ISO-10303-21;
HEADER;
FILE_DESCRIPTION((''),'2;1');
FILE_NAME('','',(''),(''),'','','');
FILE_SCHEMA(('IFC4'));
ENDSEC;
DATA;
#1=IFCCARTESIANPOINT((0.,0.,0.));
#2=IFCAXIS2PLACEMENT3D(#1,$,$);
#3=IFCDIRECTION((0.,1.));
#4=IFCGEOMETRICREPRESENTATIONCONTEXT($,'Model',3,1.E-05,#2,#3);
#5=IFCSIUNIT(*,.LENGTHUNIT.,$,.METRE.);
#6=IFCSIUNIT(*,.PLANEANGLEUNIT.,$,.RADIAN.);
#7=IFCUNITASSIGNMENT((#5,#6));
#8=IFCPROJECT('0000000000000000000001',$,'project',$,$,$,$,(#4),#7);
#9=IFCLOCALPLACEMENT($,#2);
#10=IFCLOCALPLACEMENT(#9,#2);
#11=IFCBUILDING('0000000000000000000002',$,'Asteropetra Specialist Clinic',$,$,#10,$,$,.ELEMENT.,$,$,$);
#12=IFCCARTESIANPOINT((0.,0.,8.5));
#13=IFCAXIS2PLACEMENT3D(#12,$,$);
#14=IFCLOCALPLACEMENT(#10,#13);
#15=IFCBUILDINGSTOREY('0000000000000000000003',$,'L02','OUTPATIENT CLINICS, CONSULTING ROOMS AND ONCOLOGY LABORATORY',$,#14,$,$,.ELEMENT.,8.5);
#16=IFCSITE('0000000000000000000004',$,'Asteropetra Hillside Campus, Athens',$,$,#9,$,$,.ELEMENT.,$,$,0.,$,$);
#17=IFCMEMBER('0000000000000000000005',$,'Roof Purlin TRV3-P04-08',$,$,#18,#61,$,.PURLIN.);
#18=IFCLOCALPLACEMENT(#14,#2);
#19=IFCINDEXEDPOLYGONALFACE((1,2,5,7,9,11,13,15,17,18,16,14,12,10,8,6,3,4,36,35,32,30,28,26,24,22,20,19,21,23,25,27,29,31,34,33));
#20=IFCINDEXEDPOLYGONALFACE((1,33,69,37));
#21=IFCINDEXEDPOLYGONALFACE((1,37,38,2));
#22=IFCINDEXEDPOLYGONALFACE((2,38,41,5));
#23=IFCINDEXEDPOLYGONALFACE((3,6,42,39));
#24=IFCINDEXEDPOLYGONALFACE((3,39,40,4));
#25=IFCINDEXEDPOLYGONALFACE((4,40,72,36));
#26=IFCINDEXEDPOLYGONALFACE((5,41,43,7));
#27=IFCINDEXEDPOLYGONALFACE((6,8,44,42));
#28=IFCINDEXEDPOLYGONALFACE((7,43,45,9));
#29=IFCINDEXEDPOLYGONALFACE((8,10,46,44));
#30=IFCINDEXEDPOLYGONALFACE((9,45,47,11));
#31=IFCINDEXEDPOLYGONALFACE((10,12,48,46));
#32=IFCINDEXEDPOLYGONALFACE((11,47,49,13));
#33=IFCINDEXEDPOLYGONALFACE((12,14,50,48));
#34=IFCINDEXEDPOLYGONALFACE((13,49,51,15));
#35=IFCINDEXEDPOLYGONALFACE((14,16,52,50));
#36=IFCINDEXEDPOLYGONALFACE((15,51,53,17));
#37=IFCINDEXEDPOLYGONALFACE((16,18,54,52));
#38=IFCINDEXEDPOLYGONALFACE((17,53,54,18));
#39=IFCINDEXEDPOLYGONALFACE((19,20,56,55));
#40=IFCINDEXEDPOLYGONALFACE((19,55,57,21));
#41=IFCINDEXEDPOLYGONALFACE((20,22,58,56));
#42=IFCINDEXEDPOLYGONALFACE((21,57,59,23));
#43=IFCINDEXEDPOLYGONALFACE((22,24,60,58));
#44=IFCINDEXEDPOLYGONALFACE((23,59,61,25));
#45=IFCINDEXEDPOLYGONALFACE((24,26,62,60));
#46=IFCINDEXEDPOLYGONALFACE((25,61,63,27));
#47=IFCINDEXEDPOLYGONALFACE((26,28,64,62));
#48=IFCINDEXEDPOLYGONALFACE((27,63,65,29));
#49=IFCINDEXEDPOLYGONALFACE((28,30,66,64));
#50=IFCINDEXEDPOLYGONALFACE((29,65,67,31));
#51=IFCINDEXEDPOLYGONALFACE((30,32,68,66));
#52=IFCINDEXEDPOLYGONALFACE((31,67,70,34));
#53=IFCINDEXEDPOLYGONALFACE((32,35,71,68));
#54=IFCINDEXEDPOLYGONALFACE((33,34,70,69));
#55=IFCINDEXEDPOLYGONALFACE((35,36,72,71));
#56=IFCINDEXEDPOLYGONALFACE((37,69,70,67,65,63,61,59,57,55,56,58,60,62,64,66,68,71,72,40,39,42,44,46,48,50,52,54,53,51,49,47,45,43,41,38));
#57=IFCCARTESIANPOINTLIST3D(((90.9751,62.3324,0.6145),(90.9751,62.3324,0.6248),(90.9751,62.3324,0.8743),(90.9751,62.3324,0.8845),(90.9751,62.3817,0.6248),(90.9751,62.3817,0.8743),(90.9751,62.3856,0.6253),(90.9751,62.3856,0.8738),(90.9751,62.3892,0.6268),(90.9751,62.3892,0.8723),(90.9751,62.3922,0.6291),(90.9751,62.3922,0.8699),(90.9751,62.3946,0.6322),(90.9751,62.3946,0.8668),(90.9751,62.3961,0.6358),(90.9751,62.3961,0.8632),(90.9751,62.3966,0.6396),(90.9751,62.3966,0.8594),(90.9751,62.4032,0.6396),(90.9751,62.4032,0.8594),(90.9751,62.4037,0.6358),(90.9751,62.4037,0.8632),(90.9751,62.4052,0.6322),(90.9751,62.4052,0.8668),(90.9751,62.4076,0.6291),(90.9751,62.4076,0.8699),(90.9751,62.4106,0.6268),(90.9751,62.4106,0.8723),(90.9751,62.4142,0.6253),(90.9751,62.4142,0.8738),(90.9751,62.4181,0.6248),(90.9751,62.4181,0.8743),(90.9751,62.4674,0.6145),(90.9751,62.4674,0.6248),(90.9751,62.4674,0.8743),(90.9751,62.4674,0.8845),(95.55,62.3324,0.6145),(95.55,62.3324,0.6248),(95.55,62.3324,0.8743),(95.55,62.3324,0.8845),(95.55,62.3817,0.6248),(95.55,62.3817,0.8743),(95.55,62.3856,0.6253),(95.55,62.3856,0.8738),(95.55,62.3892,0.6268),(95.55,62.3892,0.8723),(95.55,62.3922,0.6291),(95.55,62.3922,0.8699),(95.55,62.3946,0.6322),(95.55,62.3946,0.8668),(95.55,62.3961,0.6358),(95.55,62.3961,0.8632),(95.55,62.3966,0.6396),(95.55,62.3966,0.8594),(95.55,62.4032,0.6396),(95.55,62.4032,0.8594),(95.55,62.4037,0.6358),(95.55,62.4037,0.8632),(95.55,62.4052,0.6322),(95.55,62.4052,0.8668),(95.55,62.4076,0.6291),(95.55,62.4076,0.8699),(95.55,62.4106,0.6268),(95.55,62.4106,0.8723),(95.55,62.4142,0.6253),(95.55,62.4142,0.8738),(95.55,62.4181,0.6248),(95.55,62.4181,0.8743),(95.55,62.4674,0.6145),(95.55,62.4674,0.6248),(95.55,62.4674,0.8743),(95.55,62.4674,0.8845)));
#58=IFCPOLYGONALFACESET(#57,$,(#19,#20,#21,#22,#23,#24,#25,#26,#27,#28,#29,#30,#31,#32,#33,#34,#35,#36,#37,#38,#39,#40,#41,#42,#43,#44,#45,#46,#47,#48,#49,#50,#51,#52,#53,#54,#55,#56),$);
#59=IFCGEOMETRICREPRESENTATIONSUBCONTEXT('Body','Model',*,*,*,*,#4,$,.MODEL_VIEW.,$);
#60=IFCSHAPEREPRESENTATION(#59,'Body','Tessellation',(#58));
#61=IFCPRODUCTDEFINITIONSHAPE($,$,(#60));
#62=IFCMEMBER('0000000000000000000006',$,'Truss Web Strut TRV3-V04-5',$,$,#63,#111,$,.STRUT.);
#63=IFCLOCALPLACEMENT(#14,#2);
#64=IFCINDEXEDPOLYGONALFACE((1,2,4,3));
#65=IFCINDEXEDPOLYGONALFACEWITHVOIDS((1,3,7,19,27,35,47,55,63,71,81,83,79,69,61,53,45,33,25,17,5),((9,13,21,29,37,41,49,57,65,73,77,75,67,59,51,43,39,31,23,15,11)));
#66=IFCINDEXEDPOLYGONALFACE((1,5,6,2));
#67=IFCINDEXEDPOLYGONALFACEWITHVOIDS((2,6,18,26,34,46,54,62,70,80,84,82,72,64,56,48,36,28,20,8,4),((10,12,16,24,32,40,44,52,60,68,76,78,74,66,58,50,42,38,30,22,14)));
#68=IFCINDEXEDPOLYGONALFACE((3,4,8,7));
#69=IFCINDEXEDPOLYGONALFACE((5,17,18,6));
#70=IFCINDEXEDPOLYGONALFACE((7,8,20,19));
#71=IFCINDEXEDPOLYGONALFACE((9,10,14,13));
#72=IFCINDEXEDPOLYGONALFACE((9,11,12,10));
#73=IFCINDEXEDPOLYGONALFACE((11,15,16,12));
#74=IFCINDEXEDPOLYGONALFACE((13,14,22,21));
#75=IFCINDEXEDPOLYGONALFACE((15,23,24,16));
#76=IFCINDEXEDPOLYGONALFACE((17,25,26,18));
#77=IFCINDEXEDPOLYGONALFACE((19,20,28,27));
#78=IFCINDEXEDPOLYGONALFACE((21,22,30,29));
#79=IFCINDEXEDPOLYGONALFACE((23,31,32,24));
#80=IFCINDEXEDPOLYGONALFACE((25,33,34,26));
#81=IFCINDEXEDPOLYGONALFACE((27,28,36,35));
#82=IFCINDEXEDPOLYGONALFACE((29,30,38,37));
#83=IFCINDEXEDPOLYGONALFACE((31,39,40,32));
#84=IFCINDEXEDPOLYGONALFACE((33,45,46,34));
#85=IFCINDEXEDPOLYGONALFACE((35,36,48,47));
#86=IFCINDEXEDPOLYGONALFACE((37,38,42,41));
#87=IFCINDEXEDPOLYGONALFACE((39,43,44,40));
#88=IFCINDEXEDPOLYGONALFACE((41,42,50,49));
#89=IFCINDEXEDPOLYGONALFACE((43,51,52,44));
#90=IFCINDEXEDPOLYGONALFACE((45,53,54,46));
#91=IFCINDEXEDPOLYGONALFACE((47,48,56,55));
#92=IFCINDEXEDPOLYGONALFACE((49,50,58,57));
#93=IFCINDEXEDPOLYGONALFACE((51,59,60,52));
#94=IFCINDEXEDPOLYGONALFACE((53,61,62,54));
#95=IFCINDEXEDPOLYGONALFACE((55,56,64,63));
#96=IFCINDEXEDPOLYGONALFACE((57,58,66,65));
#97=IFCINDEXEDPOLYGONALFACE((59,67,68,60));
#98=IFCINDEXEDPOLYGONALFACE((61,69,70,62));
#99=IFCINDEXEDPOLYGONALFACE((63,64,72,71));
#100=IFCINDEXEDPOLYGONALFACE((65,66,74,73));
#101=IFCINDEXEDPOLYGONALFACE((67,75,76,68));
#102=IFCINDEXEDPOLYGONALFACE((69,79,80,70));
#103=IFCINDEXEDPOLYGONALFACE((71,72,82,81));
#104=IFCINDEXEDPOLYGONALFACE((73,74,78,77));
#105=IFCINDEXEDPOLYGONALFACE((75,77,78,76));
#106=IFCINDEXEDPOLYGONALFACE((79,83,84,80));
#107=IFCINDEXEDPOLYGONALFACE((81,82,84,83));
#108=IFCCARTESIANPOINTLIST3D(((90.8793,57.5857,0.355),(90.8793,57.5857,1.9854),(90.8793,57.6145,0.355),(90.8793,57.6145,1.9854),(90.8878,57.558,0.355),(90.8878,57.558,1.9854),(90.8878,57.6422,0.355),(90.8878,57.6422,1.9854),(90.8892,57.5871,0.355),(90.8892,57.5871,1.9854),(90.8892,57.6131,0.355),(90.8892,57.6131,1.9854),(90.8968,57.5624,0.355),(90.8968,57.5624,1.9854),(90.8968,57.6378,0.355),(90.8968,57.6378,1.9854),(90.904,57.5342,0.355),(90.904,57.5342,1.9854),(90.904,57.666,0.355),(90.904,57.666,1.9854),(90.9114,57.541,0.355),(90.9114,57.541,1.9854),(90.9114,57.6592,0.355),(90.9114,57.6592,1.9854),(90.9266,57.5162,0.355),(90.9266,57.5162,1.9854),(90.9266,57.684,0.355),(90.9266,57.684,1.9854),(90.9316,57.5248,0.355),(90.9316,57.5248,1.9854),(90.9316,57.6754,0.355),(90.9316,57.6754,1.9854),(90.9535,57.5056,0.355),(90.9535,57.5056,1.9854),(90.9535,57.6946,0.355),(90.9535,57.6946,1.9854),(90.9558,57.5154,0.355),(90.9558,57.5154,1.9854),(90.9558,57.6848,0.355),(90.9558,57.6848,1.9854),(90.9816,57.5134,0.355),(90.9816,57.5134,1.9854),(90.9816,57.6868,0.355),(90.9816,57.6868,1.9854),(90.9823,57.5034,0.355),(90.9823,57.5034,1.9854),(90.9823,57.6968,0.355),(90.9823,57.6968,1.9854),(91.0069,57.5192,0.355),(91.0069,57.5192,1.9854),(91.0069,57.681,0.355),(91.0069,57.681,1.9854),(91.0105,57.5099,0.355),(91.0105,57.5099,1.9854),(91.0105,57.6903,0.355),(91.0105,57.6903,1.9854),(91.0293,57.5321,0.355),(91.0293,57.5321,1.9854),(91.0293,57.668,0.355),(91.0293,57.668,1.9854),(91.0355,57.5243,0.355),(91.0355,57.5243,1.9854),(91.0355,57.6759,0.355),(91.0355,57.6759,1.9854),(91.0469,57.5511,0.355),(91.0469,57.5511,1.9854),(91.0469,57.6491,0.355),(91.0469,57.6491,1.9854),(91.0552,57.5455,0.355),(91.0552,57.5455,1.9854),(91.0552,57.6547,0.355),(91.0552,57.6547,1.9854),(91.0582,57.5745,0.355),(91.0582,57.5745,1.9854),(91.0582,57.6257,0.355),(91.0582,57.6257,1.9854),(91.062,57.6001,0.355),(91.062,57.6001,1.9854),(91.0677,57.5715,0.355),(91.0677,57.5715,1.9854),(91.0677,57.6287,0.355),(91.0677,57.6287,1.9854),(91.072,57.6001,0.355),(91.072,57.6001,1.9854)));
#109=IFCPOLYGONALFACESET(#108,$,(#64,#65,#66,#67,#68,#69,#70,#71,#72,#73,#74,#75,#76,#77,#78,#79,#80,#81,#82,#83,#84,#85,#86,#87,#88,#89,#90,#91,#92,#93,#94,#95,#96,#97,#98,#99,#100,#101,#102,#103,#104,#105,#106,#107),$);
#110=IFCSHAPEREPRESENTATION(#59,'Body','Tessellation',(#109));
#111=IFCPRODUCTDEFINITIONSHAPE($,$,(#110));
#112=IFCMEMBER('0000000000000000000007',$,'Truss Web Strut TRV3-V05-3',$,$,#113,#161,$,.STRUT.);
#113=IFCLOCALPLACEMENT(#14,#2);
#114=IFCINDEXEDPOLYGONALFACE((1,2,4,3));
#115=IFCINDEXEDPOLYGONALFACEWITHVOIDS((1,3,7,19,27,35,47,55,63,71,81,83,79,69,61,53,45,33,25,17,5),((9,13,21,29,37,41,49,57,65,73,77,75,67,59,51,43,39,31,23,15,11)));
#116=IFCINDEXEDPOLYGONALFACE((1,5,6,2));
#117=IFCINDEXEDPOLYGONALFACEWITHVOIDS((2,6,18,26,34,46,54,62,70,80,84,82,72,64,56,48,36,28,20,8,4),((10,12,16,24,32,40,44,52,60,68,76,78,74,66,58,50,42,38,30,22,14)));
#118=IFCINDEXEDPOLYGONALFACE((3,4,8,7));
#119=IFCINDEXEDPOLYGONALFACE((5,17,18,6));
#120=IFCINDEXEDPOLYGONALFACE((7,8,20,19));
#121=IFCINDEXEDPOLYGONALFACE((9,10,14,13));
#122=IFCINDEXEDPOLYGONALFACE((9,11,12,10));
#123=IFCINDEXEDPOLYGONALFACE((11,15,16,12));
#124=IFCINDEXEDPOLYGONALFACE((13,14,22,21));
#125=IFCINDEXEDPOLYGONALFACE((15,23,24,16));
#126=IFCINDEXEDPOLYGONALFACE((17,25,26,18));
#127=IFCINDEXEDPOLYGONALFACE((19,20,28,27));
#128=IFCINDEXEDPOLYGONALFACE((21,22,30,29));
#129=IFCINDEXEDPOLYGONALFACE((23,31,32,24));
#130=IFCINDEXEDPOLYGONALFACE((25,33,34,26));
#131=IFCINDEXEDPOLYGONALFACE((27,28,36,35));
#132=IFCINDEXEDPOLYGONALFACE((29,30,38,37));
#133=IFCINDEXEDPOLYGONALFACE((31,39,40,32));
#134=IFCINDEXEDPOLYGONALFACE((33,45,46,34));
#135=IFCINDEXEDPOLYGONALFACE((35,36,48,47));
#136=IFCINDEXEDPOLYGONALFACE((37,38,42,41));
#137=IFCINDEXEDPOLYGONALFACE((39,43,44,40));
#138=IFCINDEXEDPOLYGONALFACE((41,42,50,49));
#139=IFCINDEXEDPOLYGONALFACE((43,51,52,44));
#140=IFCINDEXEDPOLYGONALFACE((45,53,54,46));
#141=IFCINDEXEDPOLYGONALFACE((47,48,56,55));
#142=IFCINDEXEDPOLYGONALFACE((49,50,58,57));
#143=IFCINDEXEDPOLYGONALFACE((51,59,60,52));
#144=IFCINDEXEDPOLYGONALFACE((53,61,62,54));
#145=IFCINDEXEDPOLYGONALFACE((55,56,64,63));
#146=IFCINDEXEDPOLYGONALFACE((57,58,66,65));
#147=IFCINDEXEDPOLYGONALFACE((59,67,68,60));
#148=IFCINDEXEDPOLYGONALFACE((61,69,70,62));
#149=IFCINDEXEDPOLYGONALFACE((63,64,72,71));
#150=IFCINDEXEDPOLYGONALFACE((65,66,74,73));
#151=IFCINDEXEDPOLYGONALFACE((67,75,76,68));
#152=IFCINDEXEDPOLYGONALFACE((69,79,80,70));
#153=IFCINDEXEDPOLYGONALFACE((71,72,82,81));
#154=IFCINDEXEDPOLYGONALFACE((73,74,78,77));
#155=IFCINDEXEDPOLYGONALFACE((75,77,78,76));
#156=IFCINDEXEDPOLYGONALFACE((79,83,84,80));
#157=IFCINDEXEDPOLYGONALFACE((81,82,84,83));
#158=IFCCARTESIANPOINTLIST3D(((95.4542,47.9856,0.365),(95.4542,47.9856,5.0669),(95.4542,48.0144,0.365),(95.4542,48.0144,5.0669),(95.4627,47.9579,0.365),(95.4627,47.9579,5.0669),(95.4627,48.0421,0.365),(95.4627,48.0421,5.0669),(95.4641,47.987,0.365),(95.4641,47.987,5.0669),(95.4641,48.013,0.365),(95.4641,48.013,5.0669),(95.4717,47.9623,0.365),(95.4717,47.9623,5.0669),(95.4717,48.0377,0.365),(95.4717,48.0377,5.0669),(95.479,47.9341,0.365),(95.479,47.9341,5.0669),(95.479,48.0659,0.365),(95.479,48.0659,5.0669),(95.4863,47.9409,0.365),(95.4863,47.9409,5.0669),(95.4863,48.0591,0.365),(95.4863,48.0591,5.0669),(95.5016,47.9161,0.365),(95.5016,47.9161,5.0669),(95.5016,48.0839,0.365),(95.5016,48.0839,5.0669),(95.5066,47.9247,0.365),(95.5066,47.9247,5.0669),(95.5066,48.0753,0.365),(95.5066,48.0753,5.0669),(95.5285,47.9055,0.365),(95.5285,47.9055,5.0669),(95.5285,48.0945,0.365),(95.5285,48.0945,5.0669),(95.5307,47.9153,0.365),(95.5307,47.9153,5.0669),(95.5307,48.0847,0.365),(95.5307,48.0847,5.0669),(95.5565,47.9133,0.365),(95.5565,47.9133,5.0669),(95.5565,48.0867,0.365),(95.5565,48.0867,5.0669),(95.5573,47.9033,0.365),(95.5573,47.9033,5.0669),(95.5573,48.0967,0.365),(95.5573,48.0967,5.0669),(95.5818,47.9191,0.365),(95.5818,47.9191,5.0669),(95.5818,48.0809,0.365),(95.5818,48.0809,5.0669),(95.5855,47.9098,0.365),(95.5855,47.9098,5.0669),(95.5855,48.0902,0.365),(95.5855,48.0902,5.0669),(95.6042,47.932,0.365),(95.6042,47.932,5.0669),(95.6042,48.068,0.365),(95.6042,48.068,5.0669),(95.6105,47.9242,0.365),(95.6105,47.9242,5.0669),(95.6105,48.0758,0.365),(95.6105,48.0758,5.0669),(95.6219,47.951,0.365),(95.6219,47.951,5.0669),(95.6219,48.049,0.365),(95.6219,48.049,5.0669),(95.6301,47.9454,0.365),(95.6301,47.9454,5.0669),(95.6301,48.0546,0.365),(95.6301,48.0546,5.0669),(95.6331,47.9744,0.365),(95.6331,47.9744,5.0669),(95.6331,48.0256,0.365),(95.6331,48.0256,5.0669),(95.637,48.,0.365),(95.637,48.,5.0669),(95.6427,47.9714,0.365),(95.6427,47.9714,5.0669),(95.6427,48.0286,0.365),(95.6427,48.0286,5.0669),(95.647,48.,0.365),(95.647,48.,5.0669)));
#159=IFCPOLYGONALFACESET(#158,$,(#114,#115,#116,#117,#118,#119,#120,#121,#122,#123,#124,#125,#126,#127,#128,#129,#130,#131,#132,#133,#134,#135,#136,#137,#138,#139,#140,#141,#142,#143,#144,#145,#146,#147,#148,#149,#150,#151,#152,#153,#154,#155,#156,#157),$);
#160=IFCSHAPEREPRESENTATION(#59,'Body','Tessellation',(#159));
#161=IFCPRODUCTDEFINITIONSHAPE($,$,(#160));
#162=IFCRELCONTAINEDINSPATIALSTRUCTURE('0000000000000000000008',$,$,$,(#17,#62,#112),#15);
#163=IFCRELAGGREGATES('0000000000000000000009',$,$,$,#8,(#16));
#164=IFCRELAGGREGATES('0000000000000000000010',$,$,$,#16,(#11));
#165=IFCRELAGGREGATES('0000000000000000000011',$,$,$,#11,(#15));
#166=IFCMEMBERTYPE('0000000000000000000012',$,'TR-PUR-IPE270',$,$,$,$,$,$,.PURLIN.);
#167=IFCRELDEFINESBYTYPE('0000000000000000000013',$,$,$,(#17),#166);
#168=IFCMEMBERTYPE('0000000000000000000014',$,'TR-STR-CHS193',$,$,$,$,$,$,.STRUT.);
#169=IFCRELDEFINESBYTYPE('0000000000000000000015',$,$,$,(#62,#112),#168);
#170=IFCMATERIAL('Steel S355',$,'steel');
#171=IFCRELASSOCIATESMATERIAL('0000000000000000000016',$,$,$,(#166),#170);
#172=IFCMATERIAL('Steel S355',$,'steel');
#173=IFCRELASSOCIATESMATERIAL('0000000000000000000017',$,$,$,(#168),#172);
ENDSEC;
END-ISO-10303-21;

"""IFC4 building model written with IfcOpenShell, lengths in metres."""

from ifc_helpers import new_model, si_unit, direction, frame, origin, origin_2d, place, context, subcontext, project, spatial, hollow_circle, i_section, extrude, material, material_profile, profile_set, type_object, element, save


model = new_model("IFC4")

# Units and contexts
model_context = context("Model", 3, precision=1e-05, world=origin(), true_north=direction((0.0, 1.0)))
body_context = subcontext(model_context, "Body", "Model", "MODEL_VIEW")
ifc_project = project(units=[si_unit("LENGTHUNIT", "METRE"), si_unit("PLANEANGLEUNIT", "RADIAN")], contexts=[model_context])

# Site, building, storey
site_placement = place(None, origin())
site = spatial("IfcSite", under=ifc_project, at=site_placement, Name="Asteropetra Hillside Campus, Athens", CompositionType="ELEMENT", RefElevation=0.0)
building_placement = place(site_placement, origin())
building = spatial("IfcBuilding", under=site, at=building_placement, Name="Asteropetra Specialist Clinic", CompositionType="ELEMENT")
storey_placement = place(building_placement, frame((0.0, 0.0, 8.5)))
storey = spatial("IfcBuildingStorey", under=building, at=storey_placement, Name="L02", Description="OUTPATIENT CLINICS, CONSULTING ROOMS AND ONCOLOGY LABORATORY", CompositionType="ELEMENT", Elevation=8.5)

# Members
ifc_material_1 = material(Name="Steel S355", Category="steel")
ifc_material_profile_1 = material_profile(ifc_material_1, i_section(OverallWidth=0.135, OverallDepth=0.27, WebThickness=0.0066, FlangeThickness=0.0103, FilletRadius=0.0149, at=origin_2d()), Name="IPE 270")
ifc_profile_set_1 = profile_set([ifc_material_profile_1], Name="Steel S355")
member_type_1 = type_object("IfcMemberType", Name="TR-PUR-IPE270", PredefinedType="PURLIN", material=ifc_profile_set_1)
member_1_placement = place(storey_placement, frame((90.9751, 62.3999, 0.7495), z_axis=(1.0, 0.0, 0.0), x_axis=(0.0, 1.0, 0.0)))
element("IfcMember", 1, at=member_1_placement, inside=storey, type_object=member_type_1, Name="Roof Purlin TRV3-P04-08", PredefinedType="PURLIN", context=body_context, shape_type="SweptSolid", body=[
    extrude(i_section(OverallWidth=0.135, OverallDepth=0.27, WebThickness=0.0066, FlangeThickness=0.0103, FilletRadius=0.0149, at=origin_2d()), origin(), (0.0, 0.0, 1.0), 4.575),
])
ifc_material_2 = material(Name="Steel S355", Category="steel")
ifc_material_profile_2 = material_profile(ifc_material_2, hollow_circle(Radius=0.0969, WallThickness=0.01, at=origin_2d()), Name="CHS 193.7x10.0")
ifc_profile_set_2 = profile_set([ifc_material_profile_2], Name="Steel S355")
member_type_2 = type_object("IfcMemberType", Name="TR-STR-CHS193", PredefinedType="STRUT", material=ifc_profile_set_2)
member_2_placement = place(storey_placement, frame((90.9751, 57.6001, 0.355), z_axis=(0.0, 0.0, 1.0), x_axis=(1.0, 0.0, 0.0)))
element("IfcMember", 2, at=member_2_placement, inside=storey, type_object=member_type_2, Name="Truss Web Strut TRV3-V04-5", PredefinedType="STRUT", context=body_context, shape_type="SweptSolid", body=[
    extrude(hollow_circle(Radius=0.0969, WallThickness=0.01, at=origin_2d()), origin(), (0.0, 0.0, 1.0), 1.6304),
])
member_3_placement = place(storey_placement, frame((95.55, 48.0, 0.365), z_axis=(0.0, 0.0, 1.0), x_axis=(1.0, 0.0, 0.0)))
element("IfcMember", 3, at=member_3_placement, inside=storey, type_object=member_type_2, Name="Truss Web Strut TRV3-V05-3", PredefinedType="STRUT", context=body_context, shape_type="SweptSolid", body=[
    extrude(hollow_circle(Radius=0.0969, WallThickness=0.01, at=origin_2d()), origin(), (0.0, 0.0, 1.0), 4.7019),
])

save(model, "model.ifc")
